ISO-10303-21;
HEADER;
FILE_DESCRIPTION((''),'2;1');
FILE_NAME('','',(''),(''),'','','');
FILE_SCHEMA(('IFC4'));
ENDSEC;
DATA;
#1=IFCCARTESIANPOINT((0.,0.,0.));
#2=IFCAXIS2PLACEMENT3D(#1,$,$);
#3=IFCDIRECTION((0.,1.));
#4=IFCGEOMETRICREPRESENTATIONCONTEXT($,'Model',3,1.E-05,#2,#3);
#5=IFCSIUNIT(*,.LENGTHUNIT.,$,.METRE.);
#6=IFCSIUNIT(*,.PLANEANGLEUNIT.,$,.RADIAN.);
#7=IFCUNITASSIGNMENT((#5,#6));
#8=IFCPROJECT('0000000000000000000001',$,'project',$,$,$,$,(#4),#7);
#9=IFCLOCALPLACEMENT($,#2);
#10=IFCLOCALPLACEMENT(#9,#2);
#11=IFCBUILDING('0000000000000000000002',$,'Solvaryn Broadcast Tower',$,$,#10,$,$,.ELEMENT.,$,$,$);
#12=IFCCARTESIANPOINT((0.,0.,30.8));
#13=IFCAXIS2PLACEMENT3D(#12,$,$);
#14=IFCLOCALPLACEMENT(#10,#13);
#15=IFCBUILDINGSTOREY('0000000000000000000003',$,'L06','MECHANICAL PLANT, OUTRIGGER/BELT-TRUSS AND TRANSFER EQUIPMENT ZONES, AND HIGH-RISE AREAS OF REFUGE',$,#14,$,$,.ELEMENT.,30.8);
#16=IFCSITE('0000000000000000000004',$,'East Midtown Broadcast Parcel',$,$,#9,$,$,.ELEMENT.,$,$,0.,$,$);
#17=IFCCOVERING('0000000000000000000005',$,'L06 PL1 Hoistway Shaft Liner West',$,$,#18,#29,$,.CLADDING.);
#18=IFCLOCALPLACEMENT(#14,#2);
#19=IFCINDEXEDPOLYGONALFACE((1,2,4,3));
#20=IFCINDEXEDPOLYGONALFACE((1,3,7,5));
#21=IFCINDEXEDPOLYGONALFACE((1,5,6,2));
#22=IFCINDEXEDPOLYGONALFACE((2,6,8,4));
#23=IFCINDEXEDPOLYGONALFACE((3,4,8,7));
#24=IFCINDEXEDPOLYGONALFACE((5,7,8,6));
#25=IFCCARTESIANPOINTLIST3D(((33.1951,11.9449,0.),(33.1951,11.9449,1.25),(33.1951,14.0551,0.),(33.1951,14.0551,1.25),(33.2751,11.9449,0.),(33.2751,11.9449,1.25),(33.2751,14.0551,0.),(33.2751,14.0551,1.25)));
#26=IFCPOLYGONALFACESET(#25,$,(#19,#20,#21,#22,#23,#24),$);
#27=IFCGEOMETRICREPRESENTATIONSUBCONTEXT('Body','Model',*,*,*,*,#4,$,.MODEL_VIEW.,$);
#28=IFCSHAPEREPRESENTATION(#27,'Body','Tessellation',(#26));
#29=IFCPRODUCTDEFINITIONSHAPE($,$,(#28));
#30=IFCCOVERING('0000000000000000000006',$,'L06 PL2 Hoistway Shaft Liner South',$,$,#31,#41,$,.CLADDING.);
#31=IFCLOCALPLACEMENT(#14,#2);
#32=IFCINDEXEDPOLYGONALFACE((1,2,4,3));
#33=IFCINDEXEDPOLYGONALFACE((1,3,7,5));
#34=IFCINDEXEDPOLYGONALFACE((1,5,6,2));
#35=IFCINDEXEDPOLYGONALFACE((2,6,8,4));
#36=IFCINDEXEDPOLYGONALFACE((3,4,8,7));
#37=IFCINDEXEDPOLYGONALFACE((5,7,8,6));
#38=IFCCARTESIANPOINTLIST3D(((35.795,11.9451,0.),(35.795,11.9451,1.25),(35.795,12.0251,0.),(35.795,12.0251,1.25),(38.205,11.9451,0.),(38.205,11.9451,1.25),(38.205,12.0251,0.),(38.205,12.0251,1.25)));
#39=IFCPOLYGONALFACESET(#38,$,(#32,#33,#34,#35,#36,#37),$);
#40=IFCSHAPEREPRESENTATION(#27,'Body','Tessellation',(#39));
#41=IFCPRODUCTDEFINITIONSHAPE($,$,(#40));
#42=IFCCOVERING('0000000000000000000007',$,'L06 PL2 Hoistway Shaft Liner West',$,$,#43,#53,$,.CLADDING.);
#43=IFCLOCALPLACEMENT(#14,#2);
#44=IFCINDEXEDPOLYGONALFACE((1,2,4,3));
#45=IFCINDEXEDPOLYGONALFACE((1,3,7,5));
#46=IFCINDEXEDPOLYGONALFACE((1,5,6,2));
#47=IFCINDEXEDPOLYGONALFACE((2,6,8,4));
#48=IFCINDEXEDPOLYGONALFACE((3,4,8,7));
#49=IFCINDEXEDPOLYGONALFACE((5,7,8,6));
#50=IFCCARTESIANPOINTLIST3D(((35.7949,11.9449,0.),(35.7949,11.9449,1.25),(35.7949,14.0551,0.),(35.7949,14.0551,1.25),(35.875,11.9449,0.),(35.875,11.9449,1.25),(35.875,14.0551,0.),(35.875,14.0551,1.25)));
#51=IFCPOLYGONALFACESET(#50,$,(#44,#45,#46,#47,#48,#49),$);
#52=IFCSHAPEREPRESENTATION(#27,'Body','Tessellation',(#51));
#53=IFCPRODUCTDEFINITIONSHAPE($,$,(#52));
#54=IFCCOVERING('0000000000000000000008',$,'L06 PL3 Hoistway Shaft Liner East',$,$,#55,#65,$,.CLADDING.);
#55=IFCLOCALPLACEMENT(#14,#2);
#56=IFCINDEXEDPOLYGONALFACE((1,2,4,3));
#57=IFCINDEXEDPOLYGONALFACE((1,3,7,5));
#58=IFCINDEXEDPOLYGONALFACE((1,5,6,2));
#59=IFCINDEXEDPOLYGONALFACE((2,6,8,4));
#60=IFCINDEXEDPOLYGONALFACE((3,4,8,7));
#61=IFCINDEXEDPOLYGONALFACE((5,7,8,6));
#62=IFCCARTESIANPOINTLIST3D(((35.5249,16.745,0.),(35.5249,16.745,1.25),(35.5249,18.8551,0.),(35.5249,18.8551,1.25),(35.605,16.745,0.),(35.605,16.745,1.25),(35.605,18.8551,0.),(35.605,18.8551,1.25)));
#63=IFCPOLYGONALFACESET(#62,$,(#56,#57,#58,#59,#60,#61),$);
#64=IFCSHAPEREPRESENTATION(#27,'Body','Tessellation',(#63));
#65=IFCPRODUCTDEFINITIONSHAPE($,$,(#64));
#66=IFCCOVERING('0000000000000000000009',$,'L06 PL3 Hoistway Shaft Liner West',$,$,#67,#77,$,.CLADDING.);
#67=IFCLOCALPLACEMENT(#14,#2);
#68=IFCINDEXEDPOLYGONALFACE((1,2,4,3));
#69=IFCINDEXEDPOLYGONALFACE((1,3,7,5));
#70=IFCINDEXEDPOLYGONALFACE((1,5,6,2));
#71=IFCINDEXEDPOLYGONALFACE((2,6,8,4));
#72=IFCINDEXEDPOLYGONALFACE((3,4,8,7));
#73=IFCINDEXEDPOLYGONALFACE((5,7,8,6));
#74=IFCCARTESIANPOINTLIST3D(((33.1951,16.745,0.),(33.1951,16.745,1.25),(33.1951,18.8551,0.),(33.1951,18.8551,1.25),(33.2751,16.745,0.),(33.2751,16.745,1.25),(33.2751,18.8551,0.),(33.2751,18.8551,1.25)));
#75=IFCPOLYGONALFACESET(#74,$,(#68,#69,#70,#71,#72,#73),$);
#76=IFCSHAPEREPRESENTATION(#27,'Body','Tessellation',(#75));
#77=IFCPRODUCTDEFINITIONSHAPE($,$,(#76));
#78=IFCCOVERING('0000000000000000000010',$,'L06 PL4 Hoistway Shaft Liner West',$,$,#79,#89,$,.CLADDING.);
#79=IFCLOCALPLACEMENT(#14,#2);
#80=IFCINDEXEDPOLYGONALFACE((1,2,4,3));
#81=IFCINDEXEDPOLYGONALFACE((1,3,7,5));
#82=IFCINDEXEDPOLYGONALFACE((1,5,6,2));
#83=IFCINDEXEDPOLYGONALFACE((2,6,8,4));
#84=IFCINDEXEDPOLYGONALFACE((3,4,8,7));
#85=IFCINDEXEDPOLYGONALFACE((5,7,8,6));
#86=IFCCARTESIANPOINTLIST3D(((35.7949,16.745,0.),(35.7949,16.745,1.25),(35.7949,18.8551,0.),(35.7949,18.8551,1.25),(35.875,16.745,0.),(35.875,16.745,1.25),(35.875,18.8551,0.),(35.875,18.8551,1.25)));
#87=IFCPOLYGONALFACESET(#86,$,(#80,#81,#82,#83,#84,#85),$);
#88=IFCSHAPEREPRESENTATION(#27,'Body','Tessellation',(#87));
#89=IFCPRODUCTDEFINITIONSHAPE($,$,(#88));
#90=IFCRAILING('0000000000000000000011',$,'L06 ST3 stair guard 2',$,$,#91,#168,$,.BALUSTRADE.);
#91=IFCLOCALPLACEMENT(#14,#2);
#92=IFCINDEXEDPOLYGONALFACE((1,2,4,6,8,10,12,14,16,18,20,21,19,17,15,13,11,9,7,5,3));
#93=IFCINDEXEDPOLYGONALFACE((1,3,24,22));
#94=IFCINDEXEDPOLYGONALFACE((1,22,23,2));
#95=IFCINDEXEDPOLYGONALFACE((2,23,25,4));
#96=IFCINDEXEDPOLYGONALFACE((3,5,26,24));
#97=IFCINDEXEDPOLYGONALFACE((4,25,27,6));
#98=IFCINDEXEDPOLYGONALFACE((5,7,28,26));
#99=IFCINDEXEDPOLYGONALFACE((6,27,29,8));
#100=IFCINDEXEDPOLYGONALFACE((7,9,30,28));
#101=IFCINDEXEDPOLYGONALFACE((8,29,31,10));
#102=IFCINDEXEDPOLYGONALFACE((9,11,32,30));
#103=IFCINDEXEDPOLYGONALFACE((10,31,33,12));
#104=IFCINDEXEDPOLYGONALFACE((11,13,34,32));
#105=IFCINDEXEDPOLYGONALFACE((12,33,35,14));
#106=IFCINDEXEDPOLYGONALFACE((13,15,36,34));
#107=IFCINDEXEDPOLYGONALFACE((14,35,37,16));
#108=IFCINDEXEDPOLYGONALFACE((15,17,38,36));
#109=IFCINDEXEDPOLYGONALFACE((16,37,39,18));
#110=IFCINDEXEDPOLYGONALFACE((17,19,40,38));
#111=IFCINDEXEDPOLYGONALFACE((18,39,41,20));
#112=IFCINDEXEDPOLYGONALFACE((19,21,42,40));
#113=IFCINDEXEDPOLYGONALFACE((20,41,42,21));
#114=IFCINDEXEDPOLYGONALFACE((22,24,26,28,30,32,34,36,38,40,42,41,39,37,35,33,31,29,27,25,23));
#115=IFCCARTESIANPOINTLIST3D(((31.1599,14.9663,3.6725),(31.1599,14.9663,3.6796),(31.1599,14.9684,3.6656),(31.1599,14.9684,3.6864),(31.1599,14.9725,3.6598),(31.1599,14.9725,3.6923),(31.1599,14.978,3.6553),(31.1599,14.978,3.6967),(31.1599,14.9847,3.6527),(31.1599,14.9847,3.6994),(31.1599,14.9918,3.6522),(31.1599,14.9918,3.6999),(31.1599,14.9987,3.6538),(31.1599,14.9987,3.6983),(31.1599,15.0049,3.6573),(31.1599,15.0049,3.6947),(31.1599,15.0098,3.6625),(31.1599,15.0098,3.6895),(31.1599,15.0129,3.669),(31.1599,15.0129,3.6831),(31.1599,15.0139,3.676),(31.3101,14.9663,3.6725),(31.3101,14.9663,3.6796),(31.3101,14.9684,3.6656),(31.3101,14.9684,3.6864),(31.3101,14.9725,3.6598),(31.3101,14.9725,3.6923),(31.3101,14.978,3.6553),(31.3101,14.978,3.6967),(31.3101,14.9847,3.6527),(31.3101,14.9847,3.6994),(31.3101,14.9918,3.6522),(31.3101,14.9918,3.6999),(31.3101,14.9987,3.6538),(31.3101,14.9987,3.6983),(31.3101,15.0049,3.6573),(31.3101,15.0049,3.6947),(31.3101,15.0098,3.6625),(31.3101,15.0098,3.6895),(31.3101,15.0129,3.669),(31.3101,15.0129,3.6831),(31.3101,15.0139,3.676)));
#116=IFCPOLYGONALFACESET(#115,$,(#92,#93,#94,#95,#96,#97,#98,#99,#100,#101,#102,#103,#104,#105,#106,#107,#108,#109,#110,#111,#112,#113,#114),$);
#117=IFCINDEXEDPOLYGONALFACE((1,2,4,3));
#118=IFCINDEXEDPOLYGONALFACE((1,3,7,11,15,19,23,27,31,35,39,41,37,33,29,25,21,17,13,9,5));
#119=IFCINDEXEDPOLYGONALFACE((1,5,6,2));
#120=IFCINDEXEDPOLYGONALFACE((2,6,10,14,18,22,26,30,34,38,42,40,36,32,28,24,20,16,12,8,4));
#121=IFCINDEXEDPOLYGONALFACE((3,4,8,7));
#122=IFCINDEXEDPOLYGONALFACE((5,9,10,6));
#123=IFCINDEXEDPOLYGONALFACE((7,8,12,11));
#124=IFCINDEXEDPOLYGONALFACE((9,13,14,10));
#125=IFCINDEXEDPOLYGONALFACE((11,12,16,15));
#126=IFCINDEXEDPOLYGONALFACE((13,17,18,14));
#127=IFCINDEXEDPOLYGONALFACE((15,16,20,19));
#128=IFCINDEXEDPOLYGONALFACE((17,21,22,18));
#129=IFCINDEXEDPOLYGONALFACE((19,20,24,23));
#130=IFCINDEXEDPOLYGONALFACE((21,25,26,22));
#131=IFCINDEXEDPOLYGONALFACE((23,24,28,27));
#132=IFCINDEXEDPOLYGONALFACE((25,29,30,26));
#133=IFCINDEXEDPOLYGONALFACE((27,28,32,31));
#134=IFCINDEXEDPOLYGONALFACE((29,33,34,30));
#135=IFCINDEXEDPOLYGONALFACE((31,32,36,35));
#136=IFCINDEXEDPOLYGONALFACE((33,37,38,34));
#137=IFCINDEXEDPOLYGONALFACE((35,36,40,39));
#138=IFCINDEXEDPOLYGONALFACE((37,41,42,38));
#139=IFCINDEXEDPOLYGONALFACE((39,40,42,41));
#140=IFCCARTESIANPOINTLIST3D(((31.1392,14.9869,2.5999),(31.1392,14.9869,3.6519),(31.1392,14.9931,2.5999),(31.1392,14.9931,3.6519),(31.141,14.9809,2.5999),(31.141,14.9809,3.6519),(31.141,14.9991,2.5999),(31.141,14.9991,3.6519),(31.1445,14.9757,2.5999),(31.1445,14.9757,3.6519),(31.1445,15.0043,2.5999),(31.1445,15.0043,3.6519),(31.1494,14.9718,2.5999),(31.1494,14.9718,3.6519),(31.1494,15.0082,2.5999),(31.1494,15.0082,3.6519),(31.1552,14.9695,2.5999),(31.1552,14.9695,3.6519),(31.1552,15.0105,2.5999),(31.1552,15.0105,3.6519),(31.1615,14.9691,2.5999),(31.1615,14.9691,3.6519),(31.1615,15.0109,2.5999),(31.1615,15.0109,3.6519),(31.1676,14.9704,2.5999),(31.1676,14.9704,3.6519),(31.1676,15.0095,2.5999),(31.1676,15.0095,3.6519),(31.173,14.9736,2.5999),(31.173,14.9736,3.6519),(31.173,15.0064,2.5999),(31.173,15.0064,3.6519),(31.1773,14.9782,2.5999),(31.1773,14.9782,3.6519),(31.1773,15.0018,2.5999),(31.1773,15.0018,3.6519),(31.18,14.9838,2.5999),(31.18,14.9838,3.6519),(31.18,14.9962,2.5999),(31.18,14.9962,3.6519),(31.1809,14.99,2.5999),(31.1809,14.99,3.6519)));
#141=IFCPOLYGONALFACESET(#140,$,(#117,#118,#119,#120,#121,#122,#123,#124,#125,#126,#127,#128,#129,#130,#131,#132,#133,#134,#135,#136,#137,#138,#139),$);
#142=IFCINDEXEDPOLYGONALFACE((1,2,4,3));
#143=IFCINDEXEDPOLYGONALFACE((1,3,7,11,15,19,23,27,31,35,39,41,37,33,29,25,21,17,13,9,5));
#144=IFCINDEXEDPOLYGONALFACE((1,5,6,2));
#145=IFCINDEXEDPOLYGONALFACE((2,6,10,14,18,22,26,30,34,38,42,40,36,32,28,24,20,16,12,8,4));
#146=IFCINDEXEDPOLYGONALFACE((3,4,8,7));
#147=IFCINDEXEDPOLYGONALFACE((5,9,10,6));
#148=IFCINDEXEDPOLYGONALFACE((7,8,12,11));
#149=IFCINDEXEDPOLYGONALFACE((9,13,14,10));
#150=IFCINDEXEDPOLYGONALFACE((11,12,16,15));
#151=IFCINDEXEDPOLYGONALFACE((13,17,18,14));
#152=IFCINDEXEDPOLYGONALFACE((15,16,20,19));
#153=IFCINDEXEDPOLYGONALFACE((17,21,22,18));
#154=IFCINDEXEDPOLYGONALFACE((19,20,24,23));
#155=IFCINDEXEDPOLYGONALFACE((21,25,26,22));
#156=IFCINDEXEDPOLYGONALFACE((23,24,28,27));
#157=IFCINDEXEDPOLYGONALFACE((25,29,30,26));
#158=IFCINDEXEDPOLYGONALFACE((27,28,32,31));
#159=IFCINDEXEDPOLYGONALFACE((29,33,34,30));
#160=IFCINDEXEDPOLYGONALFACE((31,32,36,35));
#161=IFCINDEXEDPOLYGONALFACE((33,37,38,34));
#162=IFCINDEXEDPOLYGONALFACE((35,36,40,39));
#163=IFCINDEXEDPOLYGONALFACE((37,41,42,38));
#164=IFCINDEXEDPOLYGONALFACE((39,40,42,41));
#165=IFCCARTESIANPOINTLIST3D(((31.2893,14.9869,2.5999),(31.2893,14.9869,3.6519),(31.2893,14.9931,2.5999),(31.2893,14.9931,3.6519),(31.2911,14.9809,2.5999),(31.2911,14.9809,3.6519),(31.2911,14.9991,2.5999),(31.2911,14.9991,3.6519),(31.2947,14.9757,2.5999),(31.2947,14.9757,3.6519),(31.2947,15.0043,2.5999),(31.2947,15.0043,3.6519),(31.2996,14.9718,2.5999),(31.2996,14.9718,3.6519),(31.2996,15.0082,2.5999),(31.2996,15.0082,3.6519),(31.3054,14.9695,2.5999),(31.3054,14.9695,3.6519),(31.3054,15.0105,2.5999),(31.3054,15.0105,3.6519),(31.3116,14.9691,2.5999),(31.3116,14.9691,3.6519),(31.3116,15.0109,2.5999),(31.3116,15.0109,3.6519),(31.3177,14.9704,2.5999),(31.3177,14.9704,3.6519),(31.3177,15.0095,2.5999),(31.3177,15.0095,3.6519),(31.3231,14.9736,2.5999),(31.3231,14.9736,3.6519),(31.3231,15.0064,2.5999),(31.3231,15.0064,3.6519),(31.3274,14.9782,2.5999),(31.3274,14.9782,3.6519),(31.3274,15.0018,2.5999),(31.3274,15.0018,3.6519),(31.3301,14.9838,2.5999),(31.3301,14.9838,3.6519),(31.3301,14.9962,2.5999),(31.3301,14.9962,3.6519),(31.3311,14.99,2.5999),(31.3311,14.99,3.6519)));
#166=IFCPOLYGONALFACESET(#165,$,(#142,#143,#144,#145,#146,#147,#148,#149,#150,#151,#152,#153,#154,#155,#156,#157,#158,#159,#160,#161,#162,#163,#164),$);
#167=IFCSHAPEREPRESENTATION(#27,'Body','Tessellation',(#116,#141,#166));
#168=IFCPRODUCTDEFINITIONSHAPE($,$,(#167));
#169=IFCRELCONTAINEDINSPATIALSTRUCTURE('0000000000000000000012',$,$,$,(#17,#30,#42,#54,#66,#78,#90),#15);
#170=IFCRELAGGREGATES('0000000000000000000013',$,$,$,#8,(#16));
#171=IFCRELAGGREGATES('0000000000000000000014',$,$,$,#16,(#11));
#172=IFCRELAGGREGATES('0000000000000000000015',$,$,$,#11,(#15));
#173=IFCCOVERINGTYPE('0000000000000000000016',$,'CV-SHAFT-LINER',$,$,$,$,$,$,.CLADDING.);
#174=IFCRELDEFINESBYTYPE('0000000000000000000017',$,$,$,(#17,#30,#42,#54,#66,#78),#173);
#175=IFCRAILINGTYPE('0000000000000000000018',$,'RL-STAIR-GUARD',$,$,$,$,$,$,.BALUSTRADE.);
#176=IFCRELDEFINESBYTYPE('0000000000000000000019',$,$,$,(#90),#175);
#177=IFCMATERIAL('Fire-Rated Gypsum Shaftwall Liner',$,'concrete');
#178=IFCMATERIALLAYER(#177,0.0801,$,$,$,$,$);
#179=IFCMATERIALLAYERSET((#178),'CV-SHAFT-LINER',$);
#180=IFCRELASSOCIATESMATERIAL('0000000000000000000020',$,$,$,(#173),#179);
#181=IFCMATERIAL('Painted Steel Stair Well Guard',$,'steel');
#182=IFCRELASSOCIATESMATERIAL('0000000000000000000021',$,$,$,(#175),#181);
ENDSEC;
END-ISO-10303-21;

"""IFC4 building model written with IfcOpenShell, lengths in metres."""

from ifc_helpers import new_model, si_unit, direction, frame, origin, origin_2d, place, context, subcontext, project, spatial, rectangle, circle, extrude, material, layer, layer_set, type_object, element, save


model = new_model("IFC4")

# Units and contexts
model_context = context("Model", 3, precision=1e-05, world=origin(), true_north=direction((0.0, 1.0)))
body_context = subcontext(model_context, "Body", "Model", "MODEL_VIEW")
ifc_project = project(units=[si_unit("LENGTHUNIT", "METRE"), si_unit("PLANEANGLEUNIT", "RADIAN")], contexts=[model_context])

# Site, building, storey
site_placement = place(None, origin())
site = spatial("IfcSite", under=ifc_project, at=site_placement, Name="East Midtown Broadcast Parcel", CompositionType="ELEMENT", RefElevation=0.0)
building_placement = place(site_placement, origin())
building = spatial("IfcBuilding", under=site, at=building_placement, Name="Solvaryn Broadcast Tower", CompositionType="ELEMENT")
storey_placement = place(building_placement, frame((0.0, 0.0, 30.8)))
storey = spatial("IfcBuildingStorey", under=building, at=storey_placement, Name="L06", Description="MECHANICAL PLANT, OUTRIGGER/BELT-TRUSS AND TRANSFER EQUIPMENT ZONES, AND HIGH-RISE AREAS OF REFUGE", CompositionType="ELEMENT", Elevation=30.8)

# Coverings
ifc_material_1 = material(Name="Fire-Rated Gypsum Shaftwall Liner", Category="concrete")
ifc_layer_1 = layer(ifc_material_1, 0.0801)
ifc_layer_set_1 = layer_set([ifc_layer_1], Name="CV-SHAFT-LINER")
covering_type = type_object("IfcCoveringType", Name="CV-SHAFT-LINER", PredefinedType="CLADDING", material=ifc_layer_set_1)
for number, where, z_axis, x_axis, name in (
    (1, (33.2351, 13.0, 0.0), (0.0, 0.0, 1.0), (1.0, 0.0, 0.0), "L06 PL1 Hoistway Shaft Liner West"),
):
    element("IfcCovering", number, at=place(storey_placement, frame(where, z_axis=z_axis, x_axis=x_axis)), inside=storey, type_object=covering_type, Name=name, PredefinedType="CLADDING", context=body_context, shape_type="SweptSolid", body=[
        extrude(rectangle(XDim=0.0801, YDim=2.1101, at=origin_2d()), origin(), (0.0, 0.0, 1.0), 1.25),
    ])
covering_1_placement = place(storey_placement, frame((37.0, 11.9851, 0.0), z_axis=(0.0, 0.0, 1.0), x_axis=(1.0, 0.0, 0.0)))
element("IfcCovering", 2, at=covering_1_placement, inside=storey, type_object=covering_type, Name="L06 PL2 Hoistway Shaft Liner South", PredefinedType="CLADDING", context=body_context, shape_type="SweptSolid", body=[
    extrude(rectangle(XDim=2.4099, YDim=0.0801, at=origin_2d()), origin(), (0.0, 0.0, 1.0), 1.25),
])
for number, where, z_axis, x_axis, name in (
    (3, (35.835, 13.0, 0.0), (0.0, 0.0, 1.0), (1.0, 0.0, 0.0), "L06 PL2 Hoistway Shaft Liner West"),
    (4, (35.5649, 17.8, 0.0), (0.0, 0.0, 1.0), (1.0, 0.0, 0.0), "L06 PL3 Hoistway Shaft Liner East"),
    (5, (33.2351, 17.8, 0.0), (0.0, 0.0, 1.0), (1.0, 0.0, 0.0), "L06 PL3 Hoistway Shaft Liner West"),
    (6, (35.835, 17.8, 0.0), (0.0, 0.0, 1.0), (1.0, 0.0, 0.0), "L06 PL4 Hoistway Shaft Liner West"),
):
    element("IfcCovering", number, at=place(storey_placement, frame(where, z_axis=z_axis, x_axis=x_axis)), inside=storey, type_object=covering_type, Name=name, PredefinedType="CLADDING", context=body_context, shape_type="SweptSolid", body=[
        extrude(rectangle(XDim=0.0801, YDim=2.1101, at=origin_2d()), origin(), (0.0, 0.0, 1.0), 1.25),
    ])

# Railing
ifc_material_2 = material(Name="Painted Steel Stair Well Guard", Category="steel")
railing_type_1 = type_object("IfcRailingType", Name="RL-STAIR-GUARD", PredefinedType="BALUSTRADE", material=ifc_material_2)
railing_1_placement = place(storey_placement, frame((31.1599, 14.99, 2.5999)))
element("IfcRailing", 7, at=railing_1_placement, inside=storey, type_object=railing_type_1, Name="L06 ST3 stair guard 2", PredefinedType="BALUSTRADE", context=body_context, shape_type="SweptSolid", body=[
    extrude(circle(Radius=0.0239, at=origin_2d()), frame((0.0, 0.0, 1.0762), z_axis=(1.0, 0.0, 0.0), x_axis=(0.0, 1.0, 0.0)), (0.0, 0.0, 1.0), 0.1501),
    extrude(circle(Radius=0.021, at=origin_2d()), origin(), (0.0, 0.0, 1.0), 1.052),
    extrude(circle(Radius=0.021, at=origin_2d()), frame((0.1501, 0.0, 0.0)), (0.0, 0.0, 1.0), 1.052),
])

save(model, "model.ifc")
